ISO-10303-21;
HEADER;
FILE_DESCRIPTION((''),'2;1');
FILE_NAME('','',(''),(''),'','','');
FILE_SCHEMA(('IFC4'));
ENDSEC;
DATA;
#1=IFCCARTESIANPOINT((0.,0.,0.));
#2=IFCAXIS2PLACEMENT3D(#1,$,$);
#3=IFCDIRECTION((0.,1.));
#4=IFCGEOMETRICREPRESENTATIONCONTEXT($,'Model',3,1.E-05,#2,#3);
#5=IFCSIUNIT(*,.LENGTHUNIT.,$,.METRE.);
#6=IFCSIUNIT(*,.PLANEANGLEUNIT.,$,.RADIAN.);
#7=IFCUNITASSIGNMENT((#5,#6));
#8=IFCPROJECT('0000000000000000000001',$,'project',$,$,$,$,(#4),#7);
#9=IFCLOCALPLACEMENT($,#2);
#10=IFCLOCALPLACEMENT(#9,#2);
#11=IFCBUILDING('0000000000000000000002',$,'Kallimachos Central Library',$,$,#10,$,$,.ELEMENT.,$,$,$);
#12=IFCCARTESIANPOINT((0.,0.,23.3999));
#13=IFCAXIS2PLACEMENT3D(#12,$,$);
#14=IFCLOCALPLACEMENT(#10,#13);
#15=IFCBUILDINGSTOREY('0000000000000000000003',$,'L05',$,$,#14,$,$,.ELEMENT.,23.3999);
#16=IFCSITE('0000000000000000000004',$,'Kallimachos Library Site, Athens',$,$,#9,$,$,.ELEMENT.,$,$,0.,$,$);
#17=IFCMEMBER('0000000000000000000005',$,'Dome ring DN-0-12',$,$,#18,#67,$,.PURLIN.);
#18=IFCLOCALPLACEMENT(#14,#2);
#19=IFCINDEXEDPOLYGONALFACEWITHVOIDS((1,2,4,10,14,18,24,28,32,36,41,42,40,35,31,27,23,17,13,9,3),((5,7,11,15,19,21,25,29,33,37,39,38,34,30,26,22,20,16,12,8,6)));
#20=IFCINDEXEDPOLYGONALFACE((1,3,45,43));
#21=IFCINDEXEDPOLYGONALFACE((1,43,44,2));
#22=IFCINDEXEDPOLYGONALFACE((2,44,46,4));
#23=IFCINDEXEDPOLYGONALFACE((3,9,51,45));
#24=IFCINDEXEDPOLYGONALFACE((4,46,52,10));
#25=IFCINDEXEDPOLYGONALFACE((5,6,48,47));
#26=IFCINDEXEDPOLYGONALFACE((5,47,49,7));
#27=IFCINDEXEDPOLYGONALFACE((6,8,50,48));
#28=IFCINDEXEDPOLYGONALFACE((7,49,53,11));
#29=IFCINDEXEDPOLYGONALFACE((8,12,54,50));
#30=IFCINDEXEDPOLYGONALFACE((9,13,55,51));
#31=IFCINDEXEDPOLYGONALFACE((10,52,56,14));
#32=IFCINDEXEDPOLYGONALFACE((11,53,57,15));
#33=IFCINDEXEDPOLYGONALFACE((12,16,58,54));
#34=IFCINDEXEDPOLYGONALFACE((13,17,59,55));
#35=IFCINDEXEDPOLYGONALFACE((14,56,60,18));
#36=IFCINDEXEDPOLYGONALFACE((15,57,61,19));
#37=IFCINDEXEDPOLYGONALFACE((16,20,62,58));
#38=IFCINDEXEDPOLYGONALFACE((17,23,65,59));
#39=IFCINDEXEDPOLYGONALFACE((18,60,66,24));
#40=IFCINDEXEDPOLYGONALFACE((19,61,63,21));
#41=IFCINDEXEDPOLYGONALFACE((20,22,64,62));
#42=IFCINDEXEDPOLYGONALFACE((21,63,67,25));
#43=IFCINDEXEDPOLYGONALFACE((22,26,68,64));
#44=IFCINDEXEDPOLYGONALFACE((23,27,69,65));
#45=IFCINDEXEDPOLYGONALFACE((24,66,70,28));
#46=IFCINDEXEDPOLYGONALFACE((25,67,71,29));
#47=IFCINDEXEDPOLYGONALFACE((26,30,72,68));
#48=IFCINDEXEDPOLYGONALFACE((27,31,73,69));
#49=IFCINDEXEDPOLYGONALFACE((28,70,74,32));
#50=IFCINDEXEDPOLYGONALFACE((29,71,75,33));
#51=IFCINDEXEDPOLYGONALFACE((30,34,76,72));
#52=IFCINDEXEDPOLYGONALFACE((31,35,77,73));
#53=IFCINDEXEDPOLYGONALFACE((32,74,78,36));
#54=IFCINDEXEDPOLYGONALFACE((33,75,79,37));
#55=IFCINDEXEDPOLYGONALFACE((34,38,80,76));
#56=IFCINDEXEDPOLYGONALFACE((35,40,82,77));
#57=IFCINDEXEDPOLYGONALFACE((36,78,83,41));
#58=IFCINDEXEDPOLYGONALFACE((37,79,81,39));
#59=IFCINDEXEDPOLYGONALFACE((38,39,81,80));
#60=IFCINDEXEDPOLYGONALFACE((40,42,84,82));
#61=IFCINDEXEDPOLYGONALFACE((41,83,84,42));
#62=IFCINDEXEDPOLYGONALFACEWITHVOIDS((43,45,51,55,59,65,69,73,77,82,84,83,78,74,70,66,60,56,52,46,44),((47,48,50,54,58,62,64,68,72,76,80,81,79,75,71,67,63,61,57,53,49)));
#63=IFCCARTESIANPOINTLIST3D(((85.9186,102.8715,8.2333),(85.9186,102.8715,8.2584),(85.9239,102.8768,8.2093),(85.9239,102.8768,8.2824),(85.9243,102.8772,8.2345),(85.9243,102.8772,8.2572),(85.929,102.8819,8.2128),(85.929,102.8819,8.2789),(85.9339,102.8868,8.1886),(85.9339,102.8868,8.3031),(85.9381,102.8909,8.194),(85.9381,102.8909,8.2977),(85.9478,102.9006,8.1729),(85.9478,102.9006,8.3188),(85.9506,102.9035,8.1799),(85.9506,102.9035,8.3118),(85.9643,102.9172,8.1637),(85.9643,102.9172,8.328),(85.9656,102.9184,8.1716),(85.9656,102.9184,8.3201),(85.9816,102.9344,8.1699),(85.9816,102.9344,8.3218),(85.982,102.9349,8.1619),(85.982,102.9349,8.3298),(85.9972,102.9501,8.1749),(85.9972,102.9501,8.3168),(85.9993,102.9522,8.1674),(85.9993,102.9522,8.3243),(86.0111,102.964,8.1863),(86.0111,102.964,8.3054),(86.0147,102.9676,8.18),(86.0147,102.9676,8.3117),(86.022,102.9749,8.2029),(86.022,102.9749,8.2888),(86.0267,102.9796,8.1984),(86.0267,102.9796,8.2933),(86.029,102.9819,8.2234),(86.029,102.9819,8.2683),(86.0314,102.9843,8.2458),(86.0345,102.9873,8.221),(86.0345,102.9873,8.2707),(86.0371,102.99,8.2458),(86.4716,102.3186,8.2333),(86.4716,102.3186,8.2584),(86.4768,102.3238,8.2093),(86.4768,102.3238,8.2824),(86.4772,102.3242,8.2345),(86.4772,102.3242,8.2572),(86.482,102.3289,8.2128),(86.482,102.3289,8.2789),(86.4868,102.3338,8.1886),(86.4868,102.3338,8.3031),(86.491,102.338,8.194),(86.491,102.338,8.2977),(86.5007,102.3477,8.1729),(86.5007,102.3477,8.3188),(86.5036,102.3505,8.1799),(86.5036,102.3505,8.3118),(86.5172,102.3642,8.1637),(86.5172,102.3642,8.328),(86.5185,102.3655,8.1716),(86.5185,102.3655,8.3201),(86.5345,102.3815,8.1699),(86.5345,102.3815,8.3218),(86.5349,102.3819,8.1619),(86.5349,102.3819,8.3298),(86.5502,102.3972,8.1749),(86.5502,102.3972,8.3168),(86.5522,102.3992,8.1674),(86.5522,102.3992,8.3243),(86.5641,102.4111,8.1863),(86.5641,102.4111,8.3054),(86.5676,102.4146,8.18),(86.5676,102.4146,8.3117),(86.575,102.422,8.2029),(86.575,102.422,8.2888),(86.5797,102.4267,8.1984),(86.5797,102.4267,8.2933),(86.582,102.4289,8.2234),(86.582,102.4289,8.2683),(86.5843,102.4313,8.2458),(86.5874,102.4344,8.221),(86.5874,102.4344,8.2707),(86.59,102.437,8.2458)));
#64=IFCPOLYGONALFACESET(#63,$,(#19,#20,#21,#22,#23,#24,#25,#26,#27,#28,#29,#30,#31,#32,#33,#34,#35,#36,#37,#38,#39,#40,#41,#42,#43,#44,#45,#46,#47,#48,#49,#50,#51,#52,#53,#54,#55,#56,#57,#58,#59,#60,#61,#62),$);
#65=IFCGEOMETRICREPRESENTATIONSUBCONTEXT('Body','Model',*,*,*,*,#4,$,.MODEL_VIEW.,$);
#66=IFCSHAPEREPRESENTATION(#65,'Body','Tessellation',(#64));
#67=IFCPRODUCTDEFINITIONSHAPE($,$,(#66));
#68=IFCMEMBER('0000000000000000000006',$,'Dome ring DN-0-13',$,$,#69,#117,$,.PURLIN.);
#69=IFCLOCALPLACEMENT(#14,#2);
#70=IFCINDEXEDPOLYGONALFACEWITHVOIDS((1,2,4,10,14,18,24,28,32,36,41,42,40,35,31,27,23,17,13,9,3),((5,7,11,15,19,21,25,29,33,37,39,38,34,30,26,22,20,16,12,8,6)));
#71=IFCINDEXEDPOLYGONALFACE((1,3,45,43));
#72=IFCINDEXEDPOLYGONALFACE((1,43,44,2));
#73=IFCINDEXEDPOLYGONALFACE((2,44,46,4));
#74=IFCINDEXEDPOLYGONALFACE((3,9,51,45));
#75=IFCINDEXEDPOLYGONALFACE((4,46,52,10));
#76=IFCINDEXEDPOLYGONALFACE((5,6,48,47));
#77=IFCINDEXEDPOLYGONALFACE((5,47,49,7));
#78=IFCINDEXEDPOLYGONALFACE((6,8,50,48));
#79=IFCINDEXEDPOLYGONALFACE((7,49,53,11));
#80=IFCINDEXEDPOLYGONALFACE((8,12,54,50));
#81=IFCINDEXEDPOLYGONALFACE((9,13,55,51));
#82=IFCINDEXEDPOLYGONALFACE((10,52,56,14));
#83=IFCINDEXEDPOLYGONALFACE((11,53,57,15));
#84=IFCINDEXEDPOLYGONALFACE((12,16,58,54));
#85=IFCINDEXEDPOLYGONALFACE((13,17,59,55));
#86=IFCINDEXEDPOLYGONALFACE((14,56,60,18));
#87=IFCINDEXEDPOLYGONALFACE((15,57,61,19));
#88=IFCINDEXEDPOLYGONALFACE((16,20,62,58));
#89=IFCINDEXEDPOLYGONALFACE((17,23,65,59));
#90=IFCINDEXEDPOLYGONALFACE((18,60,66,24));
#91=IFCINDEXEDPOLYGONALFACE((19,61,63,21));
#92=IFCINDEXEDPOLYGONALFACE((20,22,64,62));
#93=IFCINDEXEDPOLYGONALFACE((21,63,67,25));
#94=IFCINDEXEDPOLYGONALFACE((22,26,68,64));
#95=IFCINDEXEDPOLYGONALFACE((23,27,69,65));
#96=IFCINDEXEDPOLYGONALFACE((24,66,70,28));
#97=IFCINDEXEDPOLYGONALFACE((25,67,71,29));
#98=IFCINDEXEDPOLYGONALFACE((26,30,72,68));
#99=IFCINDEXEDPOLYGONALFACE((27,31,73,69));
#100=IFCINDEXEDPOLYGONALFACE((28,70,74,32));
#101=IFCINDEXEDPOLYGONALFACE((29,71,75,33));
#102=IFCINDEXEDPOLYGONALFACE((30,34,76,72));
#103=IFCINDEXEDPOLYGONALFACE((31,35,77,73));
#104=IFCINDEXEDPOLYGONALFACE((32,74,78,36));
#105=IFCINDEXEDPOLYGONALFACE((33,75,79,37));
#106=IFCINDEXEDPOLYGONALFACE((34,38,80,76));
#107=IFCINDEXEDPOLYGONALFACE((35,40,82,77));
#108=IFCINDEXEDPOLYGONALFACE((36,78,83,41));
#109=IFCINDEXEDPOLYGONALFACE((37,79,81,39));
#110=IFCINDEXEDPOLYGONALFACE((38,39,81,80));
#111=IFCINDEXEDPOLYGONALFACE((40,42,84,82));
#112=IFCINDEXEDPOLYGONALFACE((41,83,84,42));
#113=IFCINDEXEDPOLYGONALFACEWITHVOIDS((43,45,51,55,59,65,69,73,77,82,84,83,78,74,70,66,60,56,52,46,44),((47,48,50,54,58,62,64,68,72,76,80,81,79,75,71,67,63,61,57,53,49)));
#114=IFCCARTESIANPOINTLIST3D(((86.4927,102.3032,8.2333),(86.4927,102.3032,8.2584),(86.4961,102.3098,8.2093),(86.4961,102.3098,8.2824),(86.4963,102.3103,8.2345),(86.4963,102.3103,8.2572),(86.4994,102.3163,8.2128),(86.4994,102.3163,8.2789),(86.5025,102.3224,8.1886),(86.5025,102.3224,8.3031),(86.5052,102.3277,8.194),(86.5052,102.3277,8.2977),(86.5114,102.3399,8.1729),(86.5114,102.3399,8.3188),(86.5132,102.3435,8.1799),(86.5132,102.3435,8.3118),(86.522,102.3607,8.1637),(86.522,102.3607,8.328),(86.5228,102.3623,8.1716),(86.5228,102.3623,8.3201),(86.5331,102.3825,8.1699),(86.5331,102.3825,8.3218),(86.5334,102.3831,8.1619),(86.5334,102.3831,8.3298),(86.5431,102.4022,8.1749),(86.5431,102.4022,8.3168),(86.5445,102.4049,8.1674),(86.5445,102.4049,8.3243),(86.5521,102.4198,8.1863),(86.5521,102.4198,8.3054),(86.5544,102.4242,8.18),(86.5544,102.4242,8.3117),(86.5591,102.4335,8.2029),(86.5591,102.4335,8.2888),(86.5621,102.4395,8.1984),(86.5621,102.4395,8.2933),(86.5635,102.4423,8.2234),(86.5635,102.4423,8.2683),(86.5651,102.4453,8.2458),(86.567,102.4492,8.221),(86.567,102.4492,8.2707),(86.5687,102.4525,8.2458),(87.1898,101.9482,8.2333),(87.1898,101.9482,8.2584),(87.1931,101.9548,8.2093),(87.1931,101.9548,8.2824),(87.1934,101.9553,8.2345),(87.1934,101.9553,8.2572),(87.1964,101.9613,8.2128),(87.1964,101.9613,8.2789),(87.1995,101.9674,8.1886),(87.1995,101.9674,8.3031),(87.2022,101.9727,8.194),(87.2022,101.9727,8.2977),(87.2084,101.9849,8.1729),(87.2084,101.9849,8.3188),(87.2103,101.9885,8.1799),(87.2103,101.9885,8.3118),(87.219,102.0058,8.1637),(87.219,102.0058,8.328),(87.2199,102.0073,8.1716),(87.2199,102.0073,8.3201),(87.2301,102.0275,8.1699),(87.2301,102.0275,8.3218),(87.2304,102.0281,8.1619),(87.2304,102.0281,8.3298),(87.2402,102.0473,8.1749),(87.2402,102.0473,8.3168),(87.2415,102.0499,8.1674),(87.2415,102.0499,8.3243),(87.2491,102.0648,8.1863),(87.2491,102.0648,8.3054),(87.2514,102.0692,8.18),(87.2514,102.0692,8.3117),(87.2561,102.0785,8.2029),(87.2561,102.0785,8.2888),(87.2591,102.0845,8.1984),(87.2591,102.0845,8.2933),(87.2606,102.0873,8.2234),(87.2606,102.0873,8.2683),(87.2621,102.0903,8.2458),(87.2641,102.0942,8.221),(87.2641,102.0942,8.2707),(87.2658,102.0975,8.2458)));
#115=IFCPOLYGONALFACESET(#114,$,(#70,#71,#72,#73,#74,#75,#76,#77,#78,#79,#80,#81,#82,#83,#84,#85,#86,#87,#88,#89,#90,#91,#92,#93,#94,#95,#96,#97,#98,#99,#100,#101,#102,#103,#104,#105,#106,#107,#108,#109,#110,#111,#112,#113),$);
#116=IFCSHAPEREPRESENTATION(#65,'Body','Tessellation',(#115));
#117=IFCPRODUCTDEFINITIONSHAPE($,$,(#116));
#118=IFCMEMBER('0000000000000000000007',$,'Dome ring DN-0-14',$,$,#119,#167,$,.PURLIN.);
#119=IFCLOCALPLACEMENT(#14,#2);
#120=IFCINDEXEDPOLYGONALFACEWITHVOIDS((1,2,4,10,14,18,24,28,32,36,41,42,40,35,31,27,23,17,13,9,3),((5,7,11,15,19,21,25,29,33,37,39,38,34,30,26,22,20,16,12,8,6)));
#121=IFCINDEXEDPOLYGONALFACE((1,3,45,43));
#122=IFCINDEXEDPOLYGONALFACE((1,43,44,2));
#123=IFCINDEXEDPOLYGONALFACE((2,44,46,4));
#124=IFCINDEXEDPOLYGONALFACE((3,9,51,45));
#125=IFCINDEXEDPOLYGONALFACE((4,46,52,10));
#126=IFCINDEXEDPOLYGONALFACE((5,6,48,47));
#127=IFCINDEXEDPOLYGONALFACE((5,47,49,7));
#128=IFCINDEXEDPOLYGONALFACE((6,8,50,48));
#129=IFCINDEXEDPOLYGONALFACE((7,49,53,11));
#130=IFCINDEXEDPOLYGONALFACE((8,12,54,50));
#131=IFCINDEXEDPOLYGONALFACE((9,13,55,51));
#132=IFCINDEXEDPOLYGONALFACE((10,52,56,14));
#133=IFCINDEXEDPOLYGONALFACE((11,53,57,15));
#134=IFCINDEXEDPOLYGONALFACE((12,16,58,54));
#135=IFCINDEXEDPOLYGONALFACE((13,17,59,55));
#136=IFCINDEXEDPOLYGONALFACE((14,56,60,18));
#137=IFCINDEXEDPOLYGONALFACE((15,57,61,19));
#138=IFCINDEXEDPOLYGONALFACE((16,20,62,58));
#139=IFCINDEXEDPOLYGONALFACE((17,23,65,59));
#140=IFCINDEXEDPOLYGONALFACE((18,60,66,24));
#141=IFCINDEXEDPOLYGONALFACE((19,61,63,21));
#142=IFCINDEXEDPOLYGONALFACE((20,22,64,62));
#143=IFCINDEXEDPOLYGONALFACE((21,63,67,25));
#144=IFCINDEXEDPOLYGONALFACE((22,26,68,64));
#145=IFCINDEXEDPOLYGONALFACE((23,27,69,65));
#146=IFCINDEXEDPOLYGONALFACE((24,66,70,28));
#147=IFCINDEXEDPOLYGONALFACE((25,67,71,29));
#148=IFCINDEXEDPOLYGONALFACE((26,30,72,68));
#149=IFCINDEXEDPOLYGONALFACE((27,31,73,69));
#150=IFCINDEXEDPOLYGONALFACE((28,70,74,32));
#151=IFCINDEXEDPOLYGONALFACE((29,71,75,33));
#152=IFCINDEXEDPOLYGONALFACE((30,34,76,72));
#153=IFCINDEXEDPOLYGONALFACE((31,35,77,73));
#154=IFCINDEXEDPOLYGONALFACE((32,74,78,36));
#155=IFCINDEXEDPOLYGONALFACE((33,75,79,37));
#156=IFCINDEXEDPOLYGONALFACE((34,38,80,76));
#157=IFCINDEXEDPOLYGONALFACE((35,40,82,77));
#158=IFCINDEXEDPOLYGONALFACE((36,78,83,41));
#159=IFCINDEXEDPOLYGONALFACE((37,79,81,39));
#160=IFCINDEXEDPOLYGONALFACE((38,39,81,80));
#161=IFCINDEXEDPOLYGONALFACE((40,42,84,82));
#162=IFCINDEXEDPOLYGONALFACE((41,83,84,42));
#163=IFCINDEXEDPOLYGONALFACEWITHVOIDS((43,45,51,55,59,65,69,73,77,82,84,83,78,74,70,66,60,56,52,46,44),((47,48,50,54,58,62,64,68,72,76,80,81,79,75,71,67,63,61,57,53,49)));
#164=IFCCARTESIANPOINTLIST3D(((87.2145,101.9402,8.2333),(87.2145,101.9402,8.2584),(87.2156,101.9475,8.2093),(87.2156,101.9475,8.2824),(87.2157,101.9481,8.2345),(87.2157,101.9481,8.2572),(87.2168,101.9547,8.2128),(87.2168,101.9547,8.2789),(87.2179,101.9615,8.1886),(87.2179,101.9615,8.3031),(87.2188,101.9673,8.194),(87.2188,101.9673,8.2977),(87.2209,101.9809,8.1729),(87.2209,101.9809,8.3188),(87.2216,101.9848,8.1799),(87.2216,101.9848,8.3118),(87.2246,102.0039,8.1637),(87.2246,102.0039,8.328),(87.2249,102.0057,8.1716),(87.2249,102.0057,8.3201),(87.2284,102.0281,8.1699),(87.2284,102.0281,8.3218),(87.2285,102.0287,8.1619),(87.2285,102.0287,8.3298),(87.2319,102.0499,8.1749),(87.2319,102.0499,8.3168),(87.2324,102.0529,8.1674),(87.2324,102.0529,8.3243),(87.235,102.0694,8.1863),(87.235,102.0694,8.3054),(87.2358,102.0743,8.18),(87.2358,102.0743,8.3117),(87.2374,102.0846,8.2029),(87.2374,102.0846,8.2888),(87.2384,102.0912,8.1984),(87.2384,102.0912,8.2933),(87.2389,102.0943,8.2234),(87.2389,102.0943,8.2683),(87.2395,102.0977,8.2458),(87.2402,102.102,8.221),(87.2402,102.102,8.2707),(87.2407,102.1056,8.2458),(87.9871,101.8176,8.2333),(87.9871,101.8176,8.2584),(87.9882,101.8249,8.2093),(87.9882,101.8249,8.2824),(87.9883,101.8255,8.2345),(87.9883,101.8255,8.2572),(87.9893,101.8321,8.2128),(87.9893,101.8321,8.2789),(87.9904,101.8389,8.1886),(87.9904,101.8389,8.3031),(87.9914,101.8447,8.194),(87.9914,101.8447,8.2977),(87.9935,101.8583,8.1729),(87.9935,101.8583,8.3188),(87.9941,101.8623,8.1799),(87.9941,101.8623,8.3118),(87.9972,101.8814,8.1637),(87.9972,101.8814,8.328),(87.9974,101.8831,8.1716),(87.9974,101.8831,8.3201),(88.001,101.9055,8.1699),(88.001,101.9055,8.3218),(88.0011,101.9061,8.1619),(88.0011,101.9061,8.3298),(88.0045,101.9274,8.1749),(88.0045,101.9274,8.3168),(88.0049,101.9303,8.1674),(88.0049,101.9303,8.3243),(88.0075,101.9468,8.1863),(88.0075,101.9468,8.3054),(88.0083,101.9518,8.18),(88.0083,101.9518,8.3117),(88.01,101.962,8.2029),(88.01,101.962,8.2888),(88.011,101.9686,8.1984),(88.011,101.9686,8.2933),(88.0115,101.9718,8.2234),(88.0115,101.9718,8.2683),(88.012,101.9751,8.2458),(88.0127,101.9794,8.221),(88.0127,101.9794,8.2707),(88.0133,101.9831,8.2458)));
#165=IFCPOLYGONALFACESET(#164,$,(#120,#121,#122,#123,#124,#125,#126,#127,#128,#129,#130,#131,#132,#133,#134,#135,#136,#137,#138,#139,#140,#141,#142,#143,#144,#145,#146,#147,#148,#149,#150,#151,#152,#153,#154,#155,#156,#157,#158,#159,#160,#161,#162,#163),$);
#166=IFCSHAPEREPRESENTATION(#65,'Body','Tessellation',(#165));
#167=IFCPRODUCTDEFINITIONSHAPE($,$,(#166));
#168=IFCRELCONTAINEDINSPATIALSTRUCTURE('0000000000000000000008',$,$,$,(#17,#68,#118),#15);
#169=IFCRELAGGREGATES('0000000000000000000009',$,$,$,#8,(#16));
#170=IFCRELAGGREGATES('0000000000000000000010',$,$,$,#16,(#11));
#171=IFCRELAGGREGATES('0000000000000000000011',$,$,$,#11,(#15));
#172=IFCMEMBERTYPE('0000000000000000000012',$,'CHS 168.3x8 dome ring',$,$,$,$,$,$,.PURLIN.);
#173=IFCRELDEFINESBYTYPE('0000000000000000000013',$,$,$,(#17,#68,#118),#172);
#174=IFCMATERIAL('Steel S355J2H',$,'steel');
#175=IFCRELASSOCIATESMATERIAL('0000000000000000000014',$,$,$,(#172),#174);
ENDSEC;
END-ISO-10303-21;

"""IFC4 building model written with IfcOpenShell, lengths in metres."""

from ifc_helpers import new_model, si_unit, direction, frame, origin, origin_2d, place, context, subcontext, project, spatial, hollow_circle, extrude, material, material_profile, profile_set, type_object, element, save


model = new_model("IFC4")

# Units and contexts
model_context = context("Model", 3, precision=1e-05, world=origin(), true_north=direction((0.0, 1.0)))
body_context = subcontext(model_context, "Body", "Model", "MODEL_VIEW")
ifc_project = project(units=[si_unit("LENGTHUNIT", "METRE"), si_unit("PLANEANGLEUNIT", "RADIAN")], contexts=[model_context])

# Site, building, storey
site_placement = place(None, origin())
site = spatial("IfcSite", under=ifc_project, at=site_placement, Name="Kallimachos Library Site, Athens", CompositionType="ELEMENT", RefElevation=0.0)
building_placement = place(site_placement, origin())
building = spatial("IfcBuilding", under=site, at=building_placement, Name="Kallimachos Central Library", CompositionType="ELEMENT")
storey_placement = place(building_placement, frame((0.0, 0.0, 23.3999)))
storey = spatial("IfcBuildingStorey", under=building, at=storey_placement, Name="L05", CompositionType="ELEMENT", Elevation=23.3999)

# Members
ifc_material_1 = material(Name="Steel S355J2H", Category="steel")
ifc_material_profile_1 = material_profile(ifc_material_1, hollow_circle(Radius=0.0842, WallThickness=0.0081, at=origin_2d()), Name="CHS 168.3x8")
ifc_profile_set_1 = profile_set([ifc_material_profile_1], Name="Steel S355J2H")
member_type_1 = type_object("IfcMemberType", Name="CHS 168.3x8 dome ring", PredefinedType="PURLIN", material=ifc_profile_set_1)
member_1_placement = place(storey_placement, frame((85.9775, 102.9304, 8.2458), z_axis=(0.707107, -0.707107, 0.0), x_axis=(0.707107, 0.707107, 0.0)))
element("IfcMember", 1, at=member_1_placement, inside=storey, type_object=member_type_1, Name="Dome ring DN-0-12", PredefinedType="PURLIN", context=body_context, shape_type="SweptSolid", body=[
    extrude(hollow_circle(Radius=0.0842, WallThickness=0.0081, at=origin_2d()), origin(), (0.0, 0.0, 1.0), 0.782),
])
for number, where, z_axis, x_axis, name in (
    (2, (86.5305, 102.3774, 8.2458), (0.891094, -0.453818, 0.0), (0.453818, 0.891094, 0.0), "Dome ring DN-0-13"),
    (3, (87.2275, 102.0225, 8.2458), (0.987646, -0.1567, 0.0), (0.1567, 0.987646, 0.0), "Dome ring DN-0-14"),
):
    element("IfcMember", number, at=place(storey_placement, frame(where, z_axis=z_axis, x_axis=x_axis)), inside=storey, type_object=member_type_1, Name=name, PredefinedType="PURLIN", context=body_context, shape_type="SweptSolid", body=[
        extrude(hollow_circle(Radius=0.0842, WallThickness=0.0081, at=origin_2d()), origin(), (0.0, 0.0, 1.0), 0.7822),
    ])

save(model, "model.ifc")
